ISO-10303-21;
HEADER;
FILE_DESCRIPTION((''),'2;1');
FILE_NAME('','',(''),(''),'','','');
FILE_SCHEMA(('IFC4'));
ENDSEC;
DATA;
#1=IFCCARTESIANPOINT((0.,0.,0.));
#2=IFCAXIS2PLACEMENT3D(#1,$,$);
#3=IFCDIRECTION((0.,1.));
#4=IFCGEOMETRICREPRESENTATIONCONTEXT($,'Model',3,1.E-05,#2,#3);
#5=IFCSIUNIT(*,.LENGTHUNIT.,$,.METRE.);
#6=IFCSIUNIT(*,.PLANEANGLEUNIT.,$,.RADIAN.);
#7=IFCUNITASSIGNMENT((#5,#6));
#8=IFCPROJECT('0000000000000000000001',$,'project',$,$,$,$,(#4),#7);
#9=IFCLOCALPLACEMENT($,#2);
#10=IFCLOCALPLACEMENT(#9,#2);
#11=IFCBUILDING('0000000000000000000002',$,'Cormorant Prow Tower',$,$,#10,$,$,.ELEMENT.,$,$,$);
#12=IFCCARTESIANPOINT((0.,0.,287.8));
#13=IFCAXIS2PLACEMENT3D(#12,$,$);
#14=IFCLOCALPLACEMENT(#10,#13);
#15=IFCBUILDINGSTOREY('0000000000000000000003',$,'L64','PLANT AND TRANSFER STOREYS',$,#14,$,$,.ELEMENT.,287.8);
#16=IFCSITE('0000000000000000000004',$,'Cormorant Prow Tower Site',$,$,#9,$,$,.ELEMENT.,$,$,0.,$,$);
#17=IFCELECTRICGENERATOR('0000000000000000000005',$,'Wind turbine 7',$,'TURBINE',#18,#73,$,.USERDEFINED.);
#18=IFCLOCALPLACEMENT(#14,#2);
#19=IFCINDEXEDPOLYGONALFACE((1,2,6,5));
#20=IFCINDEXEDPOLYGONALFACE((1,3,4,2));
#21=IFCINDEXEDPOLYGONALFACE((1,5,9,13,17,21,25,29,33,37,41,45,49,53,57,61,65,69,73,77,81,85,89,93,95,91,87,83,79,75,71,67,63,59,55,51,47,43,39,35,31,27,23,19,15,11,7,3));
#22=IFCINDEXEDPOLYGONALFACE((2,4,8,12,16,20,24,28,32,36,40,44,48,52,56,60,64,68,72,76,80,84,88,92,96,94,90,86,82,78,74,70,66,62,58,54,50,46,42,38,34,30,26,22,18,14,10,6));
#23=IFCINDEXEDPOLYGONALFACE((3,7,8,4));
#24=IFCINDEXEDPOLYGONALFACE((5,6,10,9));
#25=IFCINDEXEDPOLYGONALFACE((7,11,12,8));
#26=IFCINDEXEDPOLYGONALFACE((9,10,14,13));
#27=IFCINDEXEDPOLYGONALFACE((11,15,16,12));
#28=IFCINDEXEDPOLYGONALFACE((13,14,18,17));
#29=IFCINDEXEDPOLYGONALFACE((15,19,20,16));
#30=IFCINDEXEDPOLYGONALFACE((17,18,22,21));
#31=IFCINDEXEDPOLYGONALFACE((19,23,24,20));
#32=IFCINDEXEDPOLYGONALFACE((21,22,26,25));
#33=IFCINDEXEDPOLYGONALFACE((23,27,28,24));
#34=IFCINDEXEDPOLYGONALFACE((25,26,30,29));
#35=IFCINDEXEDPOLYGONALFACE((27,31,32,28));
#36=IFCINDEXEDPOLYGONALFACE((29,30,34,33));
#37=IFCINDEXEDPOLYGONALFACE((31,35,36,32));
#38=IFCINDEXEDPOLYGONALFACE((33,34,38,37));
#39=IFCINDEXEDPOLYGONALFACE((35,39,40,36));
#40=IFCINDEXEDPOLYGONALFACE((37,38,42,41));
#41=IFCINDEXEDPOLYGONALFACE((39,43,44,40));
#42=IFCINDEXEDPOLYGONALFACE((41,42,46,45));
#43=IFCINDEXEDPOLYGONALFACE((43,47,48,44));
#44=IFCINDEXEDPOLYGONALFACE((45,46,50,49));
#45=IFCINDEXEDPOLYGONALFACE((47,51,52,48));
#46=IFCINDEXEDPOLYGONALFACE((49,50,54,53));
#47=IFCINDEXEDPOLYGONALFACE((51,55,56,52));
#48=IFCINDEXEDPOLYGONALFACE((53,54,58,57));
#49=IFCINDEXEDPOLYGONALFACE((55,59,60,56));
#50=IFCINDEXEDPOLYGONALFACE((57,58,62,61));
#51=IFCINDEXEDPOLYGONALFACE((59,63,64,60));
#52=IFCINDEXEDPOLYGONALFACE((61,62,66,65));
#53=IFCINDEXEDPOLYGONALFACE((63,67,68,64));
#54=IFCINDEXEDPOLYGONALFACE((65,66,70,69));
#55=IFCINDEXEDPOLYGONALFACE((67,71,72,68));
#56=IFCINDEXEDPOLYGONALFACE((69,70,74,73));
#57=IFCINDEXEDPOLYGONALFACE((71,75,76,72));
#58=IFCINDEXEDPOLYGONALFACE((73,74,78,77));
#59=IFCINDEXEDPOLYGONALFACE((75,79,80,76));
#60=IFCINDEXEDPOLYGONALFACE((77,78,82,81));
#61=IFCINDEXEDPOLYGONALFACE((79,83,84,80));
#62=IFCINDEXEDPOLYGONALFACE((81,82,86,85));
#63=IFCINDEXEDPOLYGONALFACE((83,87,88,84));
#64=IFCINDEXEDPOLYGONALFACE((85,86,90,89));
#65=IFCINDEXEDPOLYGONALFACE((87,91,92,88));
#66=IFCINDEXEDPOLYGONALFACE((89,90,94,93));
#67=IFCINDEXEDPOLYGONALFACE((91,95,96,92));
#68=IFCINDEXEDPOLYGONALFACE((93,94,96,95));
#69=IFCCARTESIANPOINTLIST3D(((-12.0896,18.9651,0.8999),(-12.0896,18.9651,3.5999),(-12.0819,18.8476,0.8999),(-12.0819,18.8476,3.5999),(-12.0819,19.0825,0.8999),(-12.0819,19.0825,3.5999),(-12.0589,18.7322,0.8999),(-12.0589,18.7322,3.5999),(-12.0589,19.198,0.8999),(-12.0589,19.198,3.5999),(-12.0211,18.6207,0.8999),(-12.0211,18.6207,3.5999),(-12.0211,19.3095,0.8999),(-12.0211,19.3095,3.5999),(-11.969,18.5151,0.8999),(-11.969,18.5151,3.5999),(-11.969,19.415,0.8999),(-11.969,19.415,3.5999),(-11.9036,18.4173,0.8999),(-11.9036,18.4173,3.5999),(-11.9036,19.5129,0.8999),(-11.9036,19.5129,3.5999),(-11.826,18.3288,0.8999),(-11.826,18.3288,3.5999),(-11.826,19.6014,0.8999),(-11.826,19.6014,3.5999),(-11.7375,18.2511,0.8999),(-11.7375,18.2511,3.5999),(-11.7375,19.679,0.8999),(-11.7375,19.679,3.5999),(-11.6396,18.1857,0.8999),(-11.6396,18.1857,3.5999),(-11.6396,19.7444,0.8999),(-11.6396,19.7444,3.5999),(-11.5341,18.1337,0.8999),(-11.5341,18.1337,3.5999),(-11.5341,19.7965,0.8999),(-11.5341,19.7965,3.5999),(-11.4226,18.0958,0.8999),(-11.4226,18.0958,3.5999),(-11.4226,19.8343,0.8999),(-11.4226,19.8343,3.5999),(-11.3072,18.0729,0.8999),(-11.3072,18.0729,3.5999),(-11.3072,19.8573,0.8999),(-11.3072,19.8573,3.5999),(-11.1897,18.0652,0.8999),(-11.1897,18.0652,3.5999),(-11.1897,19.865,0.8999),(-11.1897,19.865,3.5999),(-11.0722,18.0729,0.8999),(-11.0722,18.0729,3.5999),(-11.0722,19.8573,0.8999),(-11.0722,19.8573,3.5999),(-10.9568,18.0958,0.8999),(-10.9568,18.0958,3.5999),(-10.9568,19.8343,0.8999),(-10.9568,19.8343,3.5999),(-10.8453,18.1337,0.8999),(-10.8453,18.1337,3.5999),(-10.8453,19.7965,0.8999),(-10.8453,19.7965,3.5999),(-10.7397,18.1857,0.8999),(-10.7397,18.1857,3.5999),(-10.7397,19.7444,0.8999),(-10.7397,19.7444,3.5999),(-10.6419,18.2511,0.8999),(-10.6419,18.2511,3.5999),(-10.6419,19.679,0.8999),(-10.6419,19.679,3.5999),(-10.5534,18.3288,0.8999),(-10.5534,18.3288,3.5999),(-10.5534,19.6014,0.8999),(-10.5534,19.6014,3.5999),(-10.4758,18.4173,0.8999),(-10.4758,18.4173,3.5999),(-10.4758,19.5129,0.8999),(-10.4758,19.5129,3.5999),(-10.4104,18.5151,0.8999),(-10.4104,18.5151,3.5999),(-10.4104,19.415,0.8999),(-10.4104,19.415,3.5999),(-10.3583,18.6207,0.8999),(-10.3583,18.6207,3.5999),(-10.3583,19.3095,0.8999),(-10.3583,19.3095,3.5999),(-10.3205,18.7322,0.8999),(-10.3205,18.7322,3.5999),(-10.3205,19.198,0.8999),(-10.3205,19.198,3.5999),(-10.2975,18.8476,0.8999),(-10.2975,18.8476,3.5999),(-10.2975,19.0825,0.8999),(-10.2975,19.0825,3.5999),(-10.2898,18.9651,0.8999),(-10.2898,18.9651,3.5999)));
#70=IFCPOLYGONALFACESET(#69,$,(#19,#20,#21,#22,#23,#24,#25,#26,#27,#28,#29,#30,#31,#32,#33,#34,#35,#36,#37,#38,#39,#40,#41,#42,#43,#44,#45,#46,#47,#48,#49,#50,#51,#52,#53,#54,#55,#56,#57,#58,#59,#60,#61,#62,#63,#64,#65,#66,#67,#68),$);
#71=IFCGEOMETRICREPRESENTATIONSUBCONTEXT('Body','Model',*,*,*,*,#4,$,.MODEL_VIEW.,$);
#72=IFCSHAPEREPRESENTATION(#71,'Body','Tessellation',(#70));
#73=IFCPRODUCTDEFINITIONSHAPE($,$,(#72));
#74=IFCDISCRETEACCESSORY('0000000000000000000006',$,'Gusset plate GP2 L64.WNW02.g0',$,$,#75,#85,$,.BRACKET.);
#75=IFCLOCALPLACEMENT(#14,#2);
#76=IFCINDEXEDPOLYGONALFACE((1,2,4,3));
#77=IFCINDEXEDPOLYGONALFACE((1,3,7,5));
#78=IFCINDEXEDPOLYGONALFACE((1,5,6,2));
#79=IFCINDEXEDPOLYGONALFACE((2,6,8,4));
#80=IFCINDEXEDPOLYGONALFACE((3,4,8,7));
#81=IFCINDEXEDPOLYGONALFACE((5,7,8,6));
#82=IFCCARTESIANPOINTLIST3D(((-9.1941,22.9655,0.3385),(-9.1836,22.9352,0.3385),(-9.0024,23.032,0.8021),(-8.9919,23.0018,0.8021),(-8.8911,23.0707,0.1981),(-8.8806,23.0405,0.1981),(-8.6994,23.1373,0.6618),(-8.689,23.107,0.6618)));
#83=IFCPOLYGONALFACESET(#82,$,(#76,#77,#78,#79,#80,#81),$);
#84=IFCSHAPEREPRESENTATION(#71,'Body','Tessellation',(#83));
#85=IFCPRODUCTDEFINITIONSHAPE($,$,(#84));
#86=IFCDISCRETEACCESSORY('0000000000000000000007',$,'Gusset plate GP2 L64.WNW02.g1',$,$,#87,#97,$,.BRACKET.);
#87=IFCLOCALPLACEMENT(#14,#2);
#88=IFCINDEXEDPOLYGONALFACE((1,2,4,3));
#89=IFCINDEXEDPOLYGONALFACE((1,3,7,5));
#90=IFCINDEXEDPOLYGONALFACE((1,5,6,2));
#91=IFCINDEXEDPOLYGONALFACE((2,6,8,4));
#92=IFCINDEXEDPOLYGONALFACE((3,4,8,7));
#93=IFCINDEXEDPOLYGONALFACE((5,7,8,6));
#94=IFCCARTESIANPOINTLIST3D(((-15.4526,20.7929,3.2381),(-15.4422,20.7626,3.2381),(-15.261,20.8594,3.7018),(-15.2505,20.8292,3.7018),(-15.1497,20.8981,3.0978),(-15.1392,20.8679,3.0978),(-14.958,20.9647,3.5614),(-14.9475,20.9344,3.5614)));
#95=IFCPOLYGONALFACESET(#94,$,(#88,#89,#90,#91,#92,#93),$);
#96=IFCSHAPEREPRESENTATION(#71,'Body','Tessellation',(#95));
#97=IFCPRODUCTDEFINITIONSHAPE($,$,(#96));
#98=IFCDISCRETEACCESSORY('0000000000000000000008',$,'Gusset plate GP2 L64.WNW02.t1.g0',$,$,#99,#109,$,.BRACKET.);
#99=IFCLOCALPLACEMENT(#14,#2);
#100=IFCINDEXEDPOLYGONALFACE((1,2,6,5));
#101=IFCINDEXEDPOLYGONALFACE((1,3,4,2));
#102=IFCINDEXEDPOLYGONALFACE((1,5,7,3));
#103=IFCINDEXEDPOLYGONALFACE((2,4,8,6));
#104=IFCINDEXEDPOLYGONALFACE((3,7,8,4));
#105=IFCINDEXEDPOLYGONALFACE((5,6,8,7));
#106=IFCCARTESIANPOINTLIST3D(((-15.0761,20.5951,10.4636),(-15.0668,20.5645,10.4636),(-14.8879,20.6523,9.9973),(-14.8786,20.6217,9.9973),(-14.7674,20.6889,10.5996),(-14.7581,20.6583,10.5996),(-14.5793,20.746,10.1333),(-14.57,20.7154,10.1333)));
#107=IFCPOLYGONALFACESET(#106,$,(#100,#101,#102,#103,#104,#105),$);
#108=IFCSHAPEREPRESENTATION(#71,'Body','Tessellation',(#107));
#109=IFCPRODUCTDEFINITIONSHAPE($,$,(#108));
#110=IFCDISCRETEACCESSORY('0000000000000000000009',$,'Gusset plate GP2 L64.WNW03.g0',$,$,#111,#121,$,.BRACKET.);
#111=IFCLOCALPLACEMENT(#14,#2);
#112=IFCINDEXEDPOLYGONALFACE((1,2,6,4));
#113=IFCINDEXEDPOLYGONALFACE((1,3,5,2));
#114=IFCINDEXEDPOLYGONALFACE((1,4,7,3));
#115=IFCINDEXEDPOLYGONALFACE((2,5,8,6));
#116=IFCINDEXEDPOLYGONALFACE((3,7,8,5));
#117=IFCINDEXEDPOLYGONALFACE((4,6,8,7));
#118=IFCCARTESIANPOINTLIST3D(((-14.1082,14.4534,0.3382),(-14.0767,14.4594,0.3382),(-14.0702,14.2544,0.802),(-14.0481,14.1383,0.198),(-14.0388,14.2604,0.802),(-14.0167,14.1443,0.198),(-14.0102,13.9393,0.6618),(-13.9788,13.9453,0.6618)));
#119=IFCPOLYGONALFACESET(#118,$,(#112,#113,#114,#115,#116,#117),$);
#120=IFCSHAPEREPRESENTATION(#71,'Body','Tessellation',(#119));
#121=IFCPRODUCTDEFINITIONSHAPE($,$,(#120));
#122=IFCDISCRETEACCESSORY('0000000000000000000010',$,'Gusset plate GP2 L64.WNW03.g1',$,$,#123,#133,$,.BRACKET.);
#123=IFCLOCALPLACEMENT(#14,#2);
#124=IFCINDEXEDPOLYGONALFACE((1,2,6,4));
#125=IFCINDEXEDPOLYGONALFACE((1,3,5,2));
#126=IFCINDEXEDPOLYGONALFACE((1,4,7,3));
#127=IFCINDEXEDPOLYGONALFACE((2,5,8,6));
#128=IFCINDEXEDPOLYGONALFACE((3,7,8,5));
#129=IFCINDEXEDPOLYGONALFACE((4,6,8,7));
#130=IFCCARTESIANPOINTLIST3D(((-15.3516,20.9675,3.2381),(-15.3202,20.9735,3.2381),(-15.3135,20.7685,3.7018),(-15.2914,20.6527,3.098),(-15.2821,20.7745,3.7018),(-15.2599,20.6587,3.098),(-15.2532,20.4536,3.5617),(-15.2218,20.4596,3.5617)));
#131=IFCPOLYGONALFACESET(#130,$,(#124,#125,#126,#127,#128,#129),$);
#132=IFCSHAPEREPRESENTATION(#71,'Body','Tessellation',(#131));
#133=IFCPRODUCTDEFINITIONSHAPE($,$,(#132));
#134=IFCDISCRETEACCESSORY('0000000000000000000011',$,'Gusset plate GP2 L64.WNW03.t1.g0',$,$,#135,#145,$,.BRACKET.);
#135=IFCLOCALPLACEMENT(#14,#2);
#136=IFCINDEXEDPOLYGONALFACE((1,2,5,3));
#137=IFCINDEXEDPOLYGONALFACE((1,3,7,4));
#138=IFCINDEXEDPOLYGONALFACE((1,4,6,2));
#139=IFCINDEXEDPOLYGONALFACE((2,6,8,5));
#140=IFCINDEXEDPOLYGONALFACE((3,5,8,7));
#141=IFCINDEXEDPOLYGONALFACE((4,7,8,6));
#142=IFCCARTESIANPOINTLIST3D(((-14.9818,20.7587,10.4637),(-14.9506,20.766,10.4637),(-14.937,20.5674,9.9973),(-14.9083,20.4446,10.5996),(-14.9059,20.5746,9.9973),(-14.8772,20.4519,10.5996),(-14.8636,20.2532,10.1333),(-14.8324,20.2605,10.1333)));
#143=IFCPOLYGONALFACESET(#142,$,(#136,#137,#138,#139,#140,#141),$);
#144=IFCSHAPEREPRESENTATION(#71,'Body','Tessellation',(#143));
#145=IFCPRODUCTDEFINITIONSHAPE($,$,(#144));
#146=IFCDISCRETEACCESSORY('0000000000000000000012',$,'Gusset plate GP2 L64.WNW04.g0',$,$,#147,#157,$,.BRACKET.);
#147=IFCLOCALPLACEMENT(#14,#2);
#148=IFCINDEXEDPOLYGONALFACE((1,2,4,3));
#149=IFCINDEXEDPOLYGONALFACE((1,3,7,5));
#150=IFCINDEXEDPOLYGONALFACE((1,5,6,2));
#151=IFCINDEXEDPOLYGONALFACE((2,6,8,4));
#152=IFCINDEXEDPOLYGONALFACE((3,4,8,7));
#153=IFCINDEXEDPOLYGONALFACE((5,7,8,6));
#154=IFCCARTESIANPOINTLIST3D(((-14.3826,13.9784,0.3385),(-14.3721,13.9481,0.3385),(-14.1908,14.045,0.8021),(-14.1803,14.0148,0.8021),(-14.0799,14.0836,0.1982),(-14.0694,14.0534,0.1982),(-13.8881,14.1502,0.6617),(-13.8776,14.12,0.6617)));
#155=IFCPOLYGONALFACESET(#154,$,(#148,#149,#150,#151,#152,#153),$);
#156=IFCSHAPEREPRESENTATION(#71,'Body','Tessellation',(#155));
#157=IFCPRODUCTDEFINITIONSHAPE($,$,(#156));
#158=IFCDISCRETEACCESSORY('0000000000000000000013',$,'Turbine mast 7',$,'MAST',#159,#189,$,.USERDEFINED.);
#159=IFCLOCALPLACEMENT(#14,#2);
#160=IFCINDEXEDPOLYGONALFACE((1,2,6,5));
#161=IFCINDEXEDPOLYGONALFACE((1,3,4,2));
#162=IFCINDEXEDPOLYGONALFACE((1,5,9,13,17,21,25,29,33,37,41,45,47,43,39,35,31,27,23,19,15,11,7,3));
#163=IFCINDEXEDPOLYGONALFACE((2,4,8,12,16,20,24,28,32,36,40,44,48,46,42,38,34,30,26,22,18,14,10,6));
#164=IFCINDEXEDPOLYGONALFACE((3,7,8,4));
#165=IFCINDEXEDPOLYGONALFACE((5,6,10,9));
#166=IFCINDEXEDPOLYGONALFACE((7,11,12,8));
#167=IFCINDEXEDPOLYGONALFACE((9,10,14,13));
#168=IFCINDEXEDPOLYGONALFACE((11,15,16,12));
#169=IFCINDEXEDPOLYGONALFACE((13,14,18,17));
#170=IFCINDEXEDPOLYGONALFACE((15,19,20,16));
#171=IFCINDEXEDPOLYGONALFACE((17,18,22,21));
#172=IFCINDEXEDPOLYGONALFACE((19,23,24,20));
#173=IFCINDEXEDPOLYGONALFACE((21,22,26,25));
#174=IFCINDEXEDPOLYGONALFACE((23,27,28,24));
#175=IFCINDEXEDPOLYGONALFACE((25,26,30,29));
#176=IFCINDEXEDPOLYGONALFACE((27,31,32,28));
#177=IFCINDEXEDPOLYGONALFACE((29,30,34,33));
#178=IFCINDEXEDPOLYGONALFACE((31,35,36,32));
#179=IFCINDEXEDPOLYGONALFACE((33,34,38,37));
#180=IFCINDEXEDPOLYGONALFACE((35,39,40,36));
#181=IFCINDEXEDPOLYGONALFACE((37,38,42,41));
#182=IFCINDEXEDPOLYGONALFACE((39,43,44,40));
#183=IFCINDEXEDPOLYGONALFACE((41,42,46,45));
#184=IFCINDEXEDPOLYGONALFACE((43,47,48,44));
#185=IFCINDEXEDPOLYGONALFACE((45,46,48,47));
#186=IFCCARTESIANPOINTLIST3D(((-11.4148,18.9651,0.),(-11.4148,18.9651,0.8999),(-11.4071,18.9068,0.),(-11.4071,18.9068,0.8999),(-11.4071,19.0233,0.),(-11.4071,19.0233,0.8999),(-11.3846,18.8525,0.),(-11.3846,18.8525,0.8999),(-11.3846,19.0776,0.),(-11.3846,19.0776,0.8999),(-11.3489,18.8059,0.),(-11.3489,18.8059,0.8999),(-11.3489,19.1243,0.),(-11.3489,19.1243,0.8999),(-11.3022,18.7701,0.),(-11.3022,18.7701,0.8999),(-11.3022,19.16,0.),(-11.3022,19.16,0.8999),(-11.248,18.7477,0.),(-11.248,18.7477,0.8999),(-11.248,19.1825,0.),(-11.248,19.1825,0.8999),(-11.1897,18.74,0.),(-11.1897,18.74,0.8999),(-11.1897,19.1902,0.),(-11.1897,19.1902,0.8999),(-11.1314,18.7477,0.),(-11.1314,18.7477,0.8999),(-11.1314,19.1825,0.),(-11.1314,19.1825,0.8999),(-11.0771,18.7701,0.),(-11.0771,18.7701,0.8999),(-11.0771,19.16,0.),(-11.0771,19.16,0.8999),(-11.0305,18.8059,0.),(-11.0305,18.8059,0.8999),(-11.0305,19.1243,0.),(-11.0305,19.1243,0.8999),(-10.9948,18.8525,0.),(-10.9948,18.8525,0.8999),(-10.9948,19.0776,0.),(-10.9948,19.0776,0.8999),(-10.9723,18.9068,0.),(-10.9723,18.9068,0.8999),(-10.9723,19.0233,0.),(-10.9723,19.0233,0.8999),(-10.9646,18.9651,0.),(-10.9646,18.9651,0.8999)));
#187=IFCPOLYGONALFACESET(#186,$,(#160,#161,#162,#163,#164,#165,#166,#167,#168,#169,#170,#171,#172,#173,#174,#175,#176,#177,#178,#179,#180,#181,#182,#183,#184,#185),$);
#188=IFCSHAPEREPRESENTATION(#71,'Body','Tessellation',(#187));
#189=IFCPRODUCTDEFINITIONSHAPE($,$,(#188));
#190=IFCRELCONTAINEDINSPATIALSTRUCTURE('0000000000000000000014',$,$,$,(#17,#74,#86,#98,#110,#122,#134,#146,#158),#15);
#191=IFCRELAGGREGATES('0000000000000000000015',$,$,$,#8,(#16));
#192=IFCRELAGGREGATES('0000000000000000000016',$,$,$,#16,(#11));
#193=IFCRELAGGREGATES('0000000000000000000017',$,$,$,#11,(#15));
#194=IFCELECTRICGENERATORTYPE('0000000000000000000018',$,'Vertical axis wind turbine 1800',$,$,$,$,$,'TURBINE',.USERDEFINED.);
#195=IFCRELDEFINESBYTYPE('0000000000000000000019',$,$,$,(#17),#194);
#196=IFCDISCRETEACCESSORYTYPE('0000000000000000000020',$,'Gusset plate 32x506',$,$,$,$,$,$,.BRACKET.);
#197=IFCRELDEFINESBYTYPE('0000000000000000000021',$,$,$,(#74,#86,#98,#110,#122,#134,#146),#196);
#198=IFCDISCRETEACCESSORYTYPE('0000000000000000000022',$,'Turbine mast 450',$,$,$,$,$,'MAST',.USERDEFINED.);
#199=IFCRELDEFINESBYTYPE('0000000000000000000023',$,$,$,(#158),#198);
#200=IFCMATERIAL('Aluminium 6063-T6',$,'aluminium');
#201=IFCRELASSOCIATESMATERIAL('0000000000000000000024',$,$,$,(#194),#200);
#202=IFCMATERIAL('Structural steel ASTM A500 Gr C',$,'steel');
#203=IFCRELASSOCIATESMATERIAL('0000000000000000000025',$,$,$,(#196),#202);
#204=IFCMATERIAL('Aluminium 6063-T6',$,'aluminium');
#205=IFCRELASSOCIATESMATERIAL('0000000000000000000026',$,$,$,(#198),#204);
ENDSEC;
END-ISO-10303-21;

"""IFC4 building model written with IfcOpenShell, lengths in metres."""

from ifc_helpers import new_model, si_unit, direction, frame, origin, origin_2d, place, context, subcontext, project, spatial, rectangle, circle, extrude, material, material_profile, profile_set, type_object, element, save


model = new_model("IFC4")

# Units and contexts
model_context = context("Model", 3, precision=1e-05, world=origin(), true_north=direction((0.0, 1.0)))
body_context = subcontext(model_context, "Body", "Model", "MODEL_VIEW")
ifc_project = project(units=[si_unit("LENGTHUNIT", "METRE"), si_unit("PLANEANGLEUNIT", "RADIAN")], contexts=[model_context])

# Site, building, storey
site_placement = place(None, origin())
site = spatial("IfcSite", under=ifc_project, at=site_placement, Name="Cormorant Prow Tower Site", CompositionType="ELEMENT", RefElevation=0.0)
building_placement = place(site_placement, origin())
building = spatial("IfcBuilding", under=site, at=building_placement, Name="Cormorant Prow Tower", CompositionType="ELEMENT")
storey_placement = place(building_placement, frame((0.0, 0.0, 287.8)))
storey = spatial("IfcBuildingStorey", under=building, at=storey_placement, Name="L64", Description="PLANT AND TRANSFER STOREYS", CompositionType="ELEMENT", Elevation=287.8)

# Electric generator
ifc_material_1 = material(Name="Aluminium 6063-T6", Category="aluminium")
ifc_material_profile_1 = material_profile(ifc_material_1, circle(Radius=0.8999, at=origin_2d()), Name="Vertical axis wind turbine 1800")
ifc_profile_set_1 = profile_set([ifc_material_profile_1], Name="Aluminium 6063-T6")
electric_generator_type = type_object("IfcElectricGeneratorType", Name="Vertical axis wind turbine 1800", ElementType="TURBINE", PredefinedType="USERDEFINED", material=ifc_profile_set_1)
electric_generator_placement = place(storey_placement, frame((-11.1897, 18.9651, 0.8999), z_axis=(0.0, 0.0, 1.0), x_axis=(1.0, 0.0, 0.0)))
element("IfcElectricGenerator", 1, at=electric_generator_placement, inside=storey, type_object=electric_generator_type, Name="Wind turbine 7", ObjectType="TURBINE", PredefinedType="USERDEFINED", context=body_context, shape_type="SweptSolid", body=[
    extrude(circle(Radius=0.8999, at=origin_2d()), origin(), (0.0, 0.0, 1.0), 2.7),
])

# Discrete accessories
ifc_material_2 = material(Name="Structural steel ASTM A500 Gr C", Category="steel")
ifc_material_profile_2 = material_profile(ifc_material_2, rectangle(XDim=0.032, YDim=0.5061, at=origin_2d()), Name="Gusset plate 32x506")
ifc_profile_set_2 = profile_set([ifc_material_profile_2], Name="Structural steel ASTM A500 Gr C")
discrete_accessory_type_1 = type_object("IfcDiscreteAccessoryType", Name="Gusset plate 32x506", PredefinedType="BRACKET", material=ifc_profile_set_2)
for number, where, z_axis, x_axis, name in (
    (2, (-9.093, 22.9836, 0.5703), (0.865388, 0.30055, -0.400965), (-0.328078, 0.944651, 0.0), "Gusset plate GP2 L64.WNW02.g0"),
    (3, (-15.0486, 20.9163, 3.3296), (-0.865388, -0.30055, 0.400965), (0.328078, -0.944651, 0.0), "Gusset plate GP2 L64.WNW02.g1"),
    (4, (-14.6687, 20.7021, 10.3665), (-0.881655, -0.267845, -0.388514), (0.29068, -0.95682, 0.0), "Gusset plate GP2 L64.WNW02.t1.g0"),
    (5, (-14.0735, 14.3569, 0.5701), (0.171535, -0.90021, -0.400248), (0.982325, 0.187182, 0.0), "Gusset plate GP2 L64.WNW03.g0"),
):
    element("IfcDiscreteAccessory", number, at=place(storey_placement, frame(where, z_axis=z_axis, x_axis=x_axis)), inside=storey, type_object=discrete_accessory_type_1, Name=name, PredefinedType="BRACKET", context=body_context, shape_type="SweptSolid", body=[
        extrude(rectangle(XDim=0.032, YDim=0.5061, at=origin_2d()), origin(), (0.0, 0.0, 1.0), 0.3501),
    ])
discrete_accessory_1_placement = place(storey_placement, frame((-15.2566, 20.5562, 3.3298), z_axis=(-0.17232, 0.899969, 0.400451), x_axis=(-0.982158, -0.188057, 0.0)))
element("IfcDiscreteAccessory", 6, at=discrete_accessory_1_placement, inside=storey, type_object=discrete_accessory_type_1, Name="Gusset plate GP2 L64.WNW03.g1", PredefinedType="BRACKET", context=body_context, shape_type="SweptSolid", body=[
    extrude(rectangle(XDim=0.032, YDim=0.5061, at=origin_2d()), origin(), (0.0, 0.0, 1.0), 0.3499),
])
discrete_accessory_2_placement = place(storey_placement, frame((-14.8704, 20.3525, 10.3665), z_axis=(-0.209858, 0.897301, -0.388343), x_axis=(-0.973724, -0.227732, 0.0)))
element("IfcDiscreteAccessory", 7, at=discrete_accessory_2_placement, inside=storey, type_object=discrete_accessory_type_1, Name="Gusset plate GP2 L64.WNW03.t1.g0", PredefinedType="BRACKET", context=body_context, shape_type="SweptSolid", body=[
    extrude(rectangle(XDim=0.032, YDim=0.5061, at=origin_2d()), origin(), (0.0, 0.0, 1.0), 0.3501),
])
discrete_accessory_3_placement = place(storey_placement, frame((-14.2815, 13.9966, 0.5703), z_axis=(0.865213, 0.300731, -0.401208), x_axis=(-0.328314, 0.944569, 0.0)))
element("IfcDiscreteAccessory", 8, at=discrete_accessory_3_placement, inside=storey, type_object=discrete_accessory_type_1, Name="Gusset plate GP2 L64.WNW04.g0", PredefinedType="BRACKET", context=body_context, shape_type="SweptSolid", body=[
    extrude(rectangle(XDim=0.032, YDim=0.5061, at=origin_2d()), origin(), (0.0, 0.0, 1.0), 0.3499),
])
ifc_material_3 = material(Name="Aluminium 6063-T6", Category="aluminium")
ifc_material_profile_3 = material_profile(ifc_material_3, circle(Radius=0.2251, at=origin_2d()), Name="Turbine mast 450")
ifc_profile_set_3 = profile_set([ifc_material_profile_3], Name="Aluminium 6063-T6")
discrete_accessory_type_2 = type_object("IfcDiscreteAccessoryType", Name="Turbine mast 450", ElementType="MAST", PredefinedType="USERDEFINED", material=ifc_profile_set_3)
discrete_accessory_4_placement = place(storey_placement, frame((-11.1897, 18.9651, 0.0), z_axis=(0.0, 0.0, 1.0), x_axis=(1.0, 0.0, 0.0)))
element("IfcDiscreteAccessory", 9, at=discrete_accessory_4_placement, inside=storey, type_object=discrete_accessory_type_2, Name="Turbine mast 7", ObjectType="MAST", PredefinedType="USERDEFINED", context=body_context, shape_type="SweptSolid", body=[
    extrude(circle(Radius=0.2251, at=origin_2d()), origin(), (0.0, 0.0, 1.0), 0.8999),
])

save(model, "model.ifc")
